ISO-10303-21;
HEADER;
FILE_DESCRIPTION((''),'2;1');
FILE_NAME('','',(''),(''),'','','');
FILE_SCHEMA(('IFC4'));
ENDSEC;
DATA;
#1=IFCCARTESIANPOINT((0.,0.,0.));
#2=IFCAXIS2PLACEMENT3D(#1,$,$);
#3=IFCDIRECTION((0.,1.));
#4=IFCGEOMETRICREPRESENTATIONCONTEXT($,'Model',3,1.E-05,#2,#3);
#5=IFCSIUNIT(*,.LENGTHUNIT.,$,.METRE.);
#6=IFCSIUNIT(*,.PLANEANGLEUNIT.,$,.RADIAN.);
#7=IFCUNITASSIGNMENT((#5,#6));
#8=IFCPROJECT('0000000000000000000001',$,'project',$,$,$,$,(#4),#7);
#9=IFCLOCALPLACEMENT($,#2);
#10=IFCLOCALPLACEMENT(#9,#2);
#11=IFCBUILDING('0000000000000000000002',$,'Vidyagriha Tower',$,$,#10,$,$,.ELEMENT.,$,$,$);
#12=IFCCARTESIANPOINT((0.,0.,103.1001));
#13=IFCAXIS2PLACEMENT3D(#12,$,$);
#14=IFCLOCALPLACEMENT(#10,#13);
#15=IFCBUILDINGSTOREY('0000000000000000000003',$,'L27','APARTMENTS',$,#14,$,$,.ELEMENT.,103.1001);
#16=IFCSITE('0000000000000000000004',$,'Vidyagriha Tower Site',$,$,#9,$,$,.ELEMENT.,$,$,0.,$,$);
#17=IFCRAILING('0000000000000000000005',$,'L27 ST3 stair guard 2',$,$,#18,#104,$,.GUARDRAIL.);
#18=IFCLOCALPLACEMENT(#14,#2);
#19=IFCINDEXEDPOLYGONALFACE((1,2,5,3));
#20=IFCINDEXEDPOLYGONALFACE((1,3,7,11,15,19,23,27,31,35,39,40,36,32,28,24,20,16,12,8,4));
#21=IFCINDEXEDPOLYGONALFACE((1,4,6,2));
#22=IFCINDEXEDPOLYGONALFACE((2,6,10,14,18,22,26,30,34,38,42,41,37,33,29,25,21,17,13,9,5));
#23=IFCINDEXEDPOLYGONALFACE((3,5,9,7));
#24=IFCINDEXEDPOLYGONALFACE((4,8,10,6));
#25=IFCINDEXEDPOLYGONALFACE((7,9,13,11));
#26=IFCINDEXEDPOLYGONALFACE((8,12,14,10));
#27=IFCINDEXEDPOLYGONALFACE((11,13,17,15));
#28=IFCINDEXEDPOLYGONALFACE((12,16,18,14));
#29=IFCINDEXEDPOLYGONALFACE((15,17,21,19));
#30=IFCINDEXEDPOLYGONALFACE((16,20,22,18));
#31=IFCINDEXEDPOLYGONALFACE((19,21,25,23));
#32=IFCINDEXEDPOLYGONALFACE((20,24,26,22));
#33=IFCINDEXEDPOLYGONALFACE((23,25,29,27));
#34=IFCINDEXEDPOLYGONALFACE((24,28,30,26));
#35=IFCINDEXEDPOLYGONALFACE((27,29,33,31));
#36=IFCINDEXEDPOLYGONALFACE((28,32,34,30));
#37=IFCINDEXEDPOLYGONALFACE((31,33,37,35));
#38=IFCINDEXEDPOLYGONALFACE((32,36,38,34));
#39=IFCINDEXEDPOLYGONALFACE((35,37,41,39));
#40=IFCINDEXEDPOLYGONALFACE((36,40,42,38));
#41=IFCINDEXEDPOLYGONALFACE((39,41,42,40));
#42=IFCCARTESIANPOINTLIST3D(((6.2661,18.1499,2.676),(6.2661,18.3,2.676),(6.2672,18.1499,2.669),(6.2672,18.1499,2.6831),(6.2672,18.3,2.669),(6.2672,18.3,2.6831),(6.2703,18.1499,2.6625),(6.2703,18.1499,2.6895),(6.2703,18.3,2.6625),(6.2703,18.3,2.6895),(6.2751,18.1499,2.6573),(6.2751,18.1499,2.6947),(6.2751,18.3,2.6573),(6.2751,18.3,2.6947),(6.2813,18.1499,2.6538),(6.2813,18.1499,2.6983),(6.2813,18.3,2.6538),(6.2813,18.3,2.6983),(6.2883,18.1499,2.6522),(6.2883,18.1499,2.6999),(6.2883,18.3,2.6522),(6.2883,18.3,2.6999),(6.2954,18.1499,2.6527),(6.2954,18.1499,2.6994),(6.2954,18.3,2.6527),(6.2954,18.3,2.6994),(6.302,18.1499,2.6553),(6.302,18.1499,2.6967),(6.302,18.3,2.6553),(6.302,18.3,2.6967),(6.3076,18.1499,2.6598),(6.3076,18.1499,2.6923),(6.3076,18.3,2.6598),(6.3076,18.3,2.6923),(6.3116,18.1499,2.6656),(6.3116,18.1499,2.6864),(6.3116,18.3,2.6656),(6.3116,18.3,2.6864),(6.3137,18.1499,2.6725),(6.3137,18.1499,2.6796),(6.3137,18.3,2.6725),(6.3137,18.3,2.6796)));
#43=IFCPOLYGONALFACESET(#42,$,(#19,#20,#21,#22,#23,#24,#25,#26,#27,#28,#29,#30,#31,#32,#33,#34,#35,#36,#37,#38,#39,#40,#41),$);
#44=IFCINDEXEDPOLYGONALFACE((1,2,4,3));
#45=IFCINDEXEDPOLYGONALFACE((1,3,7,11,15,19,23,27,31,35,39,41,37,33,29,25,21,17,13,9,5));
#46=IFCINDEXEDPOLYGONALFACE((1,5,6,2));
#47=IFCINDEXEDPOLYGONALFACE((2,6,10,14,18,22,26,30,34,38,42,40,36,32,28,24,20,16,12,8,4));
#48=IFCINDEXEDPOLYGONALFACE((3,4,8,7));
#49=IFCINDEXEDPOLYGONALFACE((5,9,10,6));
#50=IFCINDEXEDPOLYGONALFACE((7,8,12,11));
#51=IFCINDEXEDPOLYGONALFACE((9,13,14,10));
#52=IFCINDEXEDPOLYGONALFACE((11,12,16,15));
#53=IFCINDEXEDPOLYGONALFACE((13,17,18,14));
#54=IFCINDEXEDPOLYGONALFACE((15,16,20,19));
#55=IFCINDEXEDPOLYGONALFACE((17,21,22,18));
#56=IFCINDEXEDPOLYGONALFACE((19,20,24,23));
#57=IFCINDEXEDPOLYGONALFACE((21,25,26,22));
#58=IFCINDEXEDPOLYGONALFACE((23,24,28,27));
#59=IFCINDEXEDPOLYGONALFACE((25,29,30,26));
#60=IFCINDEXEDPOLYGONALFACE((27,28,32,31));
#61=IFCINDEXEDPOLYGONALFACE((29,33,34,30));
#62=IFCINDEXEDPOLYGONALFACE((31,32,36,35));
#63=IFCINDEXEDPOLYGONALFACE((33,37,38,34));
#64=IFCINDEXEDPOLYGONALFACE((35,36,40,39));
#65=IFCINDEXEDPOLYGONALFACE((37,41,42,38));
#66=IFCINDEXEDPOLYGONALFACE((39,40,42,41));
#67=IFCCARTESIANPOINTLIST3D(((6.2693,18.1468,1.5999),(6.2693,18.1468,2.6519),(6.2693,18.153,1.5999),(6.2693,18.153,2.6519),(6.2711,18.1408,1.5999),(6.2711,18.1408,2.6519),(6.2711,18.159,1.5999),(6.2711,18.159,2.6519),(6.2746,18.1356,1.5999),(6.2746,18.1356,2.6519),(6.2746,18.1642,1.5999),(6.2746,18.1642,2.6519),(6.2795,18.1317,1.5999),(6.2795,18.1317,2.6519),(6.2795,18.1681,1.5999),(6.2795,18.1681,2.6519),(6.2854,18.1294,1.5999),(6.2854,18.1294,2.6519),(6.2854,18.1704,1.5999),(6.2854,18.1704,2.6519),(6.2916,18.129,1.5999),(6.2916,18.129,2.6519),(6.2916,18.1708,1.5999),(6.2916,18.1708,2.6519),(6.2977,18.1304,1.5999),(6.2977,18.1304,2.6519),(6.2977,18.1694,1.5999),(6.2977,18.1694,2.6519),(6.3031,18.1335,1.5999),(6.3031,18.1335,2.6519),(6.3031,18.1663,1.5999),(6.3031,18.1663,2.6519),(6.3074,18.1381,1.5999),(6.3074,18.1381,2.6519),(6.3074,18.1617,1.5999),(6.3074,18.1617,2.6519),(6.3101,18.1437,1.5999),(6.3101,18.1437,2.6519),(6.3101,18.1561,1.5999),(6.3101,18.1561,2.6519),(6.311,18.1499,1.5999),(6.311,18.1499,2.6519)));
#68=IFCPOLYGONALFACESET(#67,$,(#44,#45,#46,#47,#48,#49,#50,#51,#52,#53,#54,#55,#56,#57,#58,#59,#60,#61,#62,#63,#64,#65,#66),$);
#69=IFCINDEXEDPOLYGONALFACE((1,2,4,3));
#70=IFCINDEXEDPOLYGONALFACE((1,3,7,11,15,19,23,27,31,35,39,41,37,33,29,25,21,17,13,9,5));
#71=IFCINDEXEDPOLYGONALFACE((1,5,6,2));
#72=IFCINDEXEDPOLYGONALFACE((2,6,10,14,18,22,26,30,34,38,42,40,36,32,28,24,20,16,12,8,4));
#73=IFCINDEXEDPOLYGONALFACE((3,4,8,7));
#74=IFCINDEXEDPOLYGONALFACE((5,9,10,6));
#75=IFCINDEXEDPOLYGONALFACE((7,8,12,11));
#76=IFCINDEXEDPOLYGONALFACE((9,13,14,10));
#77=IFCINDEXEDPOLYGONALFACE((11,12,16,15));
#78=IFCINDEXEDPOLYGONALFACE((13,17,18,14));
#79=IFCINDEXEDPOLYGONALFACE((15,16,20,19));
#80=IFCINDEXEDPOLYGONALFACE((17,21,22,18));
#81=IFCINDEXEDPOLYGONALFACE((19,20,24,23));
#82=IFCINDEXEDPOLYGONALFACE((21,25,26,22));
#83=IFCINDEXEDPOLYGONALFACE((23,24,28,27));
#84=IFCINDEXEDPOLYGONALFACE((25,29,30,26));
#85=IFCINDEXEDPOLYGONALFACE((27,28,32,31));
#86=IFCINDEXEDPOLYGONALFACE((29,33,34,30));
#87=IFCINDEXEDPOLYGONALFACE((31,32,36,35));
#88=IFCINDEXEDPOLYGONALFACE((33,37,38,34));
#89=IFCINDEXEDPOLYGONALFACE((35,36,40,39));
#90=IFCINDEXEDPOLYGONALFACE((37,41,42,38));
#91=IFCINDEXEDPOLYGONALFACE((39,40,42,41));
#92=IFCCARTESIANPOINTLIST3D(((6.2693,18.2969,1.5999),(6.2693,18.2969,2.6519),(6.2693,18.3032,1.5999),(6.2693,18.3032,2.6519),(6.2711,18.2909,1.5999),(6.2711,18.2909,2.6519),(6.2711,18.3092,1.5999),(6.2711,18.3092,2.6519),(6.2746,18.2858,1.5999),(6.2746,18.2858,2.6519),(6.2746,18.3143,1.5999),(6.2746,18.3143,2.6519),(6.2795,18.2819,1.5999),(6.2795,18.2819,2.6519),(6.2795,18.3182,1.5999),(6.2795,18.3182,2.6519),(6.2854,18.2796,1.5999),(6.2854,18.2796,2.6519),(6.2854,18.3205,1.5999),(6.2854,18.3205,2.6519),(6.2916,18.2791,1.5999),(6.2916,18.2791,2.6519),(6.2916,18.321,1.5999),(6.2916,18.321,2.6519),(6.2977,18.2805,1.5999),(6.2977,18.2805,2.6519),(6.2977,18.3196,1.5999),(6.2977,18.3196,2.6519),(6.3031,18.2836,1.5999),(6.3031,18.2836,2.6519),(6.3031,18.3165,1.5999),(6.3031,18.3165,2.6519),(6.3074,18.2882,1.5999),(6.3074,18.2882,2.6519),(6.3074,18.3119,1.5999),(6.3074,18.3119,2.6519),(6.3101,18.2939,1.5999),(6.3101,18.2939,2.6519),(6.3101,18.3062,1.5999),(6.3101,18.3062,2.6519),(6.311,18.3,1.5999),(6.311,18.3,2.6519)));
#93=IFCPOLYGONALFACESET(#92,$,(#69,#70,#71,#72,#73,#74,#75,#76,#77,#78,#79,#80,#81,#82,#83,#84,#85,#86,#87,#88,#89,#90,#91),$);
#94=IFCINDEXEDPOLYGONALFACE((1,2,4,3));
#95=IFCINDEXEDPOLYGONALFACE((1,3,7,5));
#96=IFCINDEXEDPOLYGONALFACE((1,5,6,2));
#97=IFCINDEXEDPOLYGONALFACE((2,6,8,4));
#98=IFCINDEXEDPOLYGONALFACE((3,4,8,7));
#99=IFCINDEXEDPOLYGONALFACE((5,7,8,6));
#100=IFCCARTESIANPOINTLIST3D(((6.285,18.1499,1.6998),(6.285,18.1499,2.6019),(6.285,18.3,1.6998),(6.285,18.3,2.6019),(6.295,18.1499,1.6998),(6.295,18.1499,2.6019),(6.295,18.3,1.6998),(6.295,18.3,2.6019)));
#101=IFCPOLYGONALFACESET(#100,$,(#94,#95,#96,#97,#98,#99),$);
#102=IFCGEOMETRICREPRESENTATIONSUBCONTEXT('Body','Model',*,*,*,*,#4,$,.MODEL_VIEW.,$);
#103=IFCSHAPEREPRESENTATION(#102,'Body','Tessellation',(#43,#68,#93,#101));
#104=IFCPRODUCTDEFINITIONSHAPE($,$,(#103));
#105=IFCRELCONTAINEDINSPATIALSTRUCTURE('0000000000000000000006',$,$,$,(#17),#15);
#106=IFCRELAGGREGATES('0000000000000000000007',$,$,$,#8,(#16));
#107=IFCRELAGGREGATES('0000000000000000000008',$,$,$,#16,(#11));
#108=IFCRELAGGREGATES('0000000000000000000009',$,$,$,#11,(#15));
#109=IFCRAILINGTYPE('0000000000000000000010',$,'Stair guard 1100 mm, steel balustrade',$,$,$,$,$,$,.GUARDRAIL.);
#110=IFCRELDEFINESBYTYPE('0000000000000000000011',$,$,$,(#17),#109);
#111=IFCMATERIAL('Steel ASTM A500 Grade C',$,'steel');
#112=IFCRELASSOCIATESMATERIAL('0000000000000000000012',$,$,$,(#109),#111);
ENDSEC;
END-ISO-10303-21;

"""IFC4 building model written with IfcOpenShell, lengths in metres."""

from ifc_helpers import new_model, si_unit, direction, frame, origin, origin_2d, place, context, subcontext, project, spatial, rectangle, circle, extrude, material, type_object, element, save


model = new_model("IFC4")

# Units and contexts
model_context = context("Model", 3, precision=1e-05, world=origin(), true_north=direction((0.0, 1.0)))
body_context = subcontext(model_context, "Body", "Model", "MODEL_VIEW")
ifc_project = project(units=[si_unit("LENGTHUNIT", "METRE"), si_unit("PLANEANGLEUNIT", "RADIAN")], contexts=[model_context])

# Site, building, storey
site_placement = place(None, origin())
site = spatial("IfcSite", under=ifc_project, at=site_placement, Name="Vidyagriha Tower Site", CompositionType="ELEMENT", RefElevation=0.0)
building_placement = place(site_placement, origin())
building = spatial("IfcBuilding", under=site, at=building_placement, Name="Vidyagriha Tower", CompositionType="ELEMENT")
storey_placement = place(building_placement, frame((0.0, 0.0, 103.1001)))
storey = spatial("IfcBuildingStorey", under=building, at=storey_placement, Name="L27", Description="APARTMENTS", CompositionType="ELEMENT", Elevation=103.1001)

# Railing
ifc_material_1 = material(Name="Steel ASTM A500 Grade C", Category="steel")
railing_type_1 = type_object("IfcRailingType", Name="Stair guard 1100 mm, steel balustrade", PredefinedType="GUARDRAIL", material=ifc_material_1)
railing_1_placement = place(storey_placement, frame((6.29, 18.1499, 1.5999)))
element("IfcRailing", 1, at=railing_1_placement, inside=storey, type_object=railing_type_1, Name="L27 ST3 stair guard 2", PredefinedType="GUARDRAIL", context=body_context, shape_type="SweptSolid", body=[
    extrude(circle(Radius=0.0239, at=origin_2d()), frame((0.0, 0.0, 1.0762), z_axis=(0.0, 1.0, 0.0), x_axis=(-1.0, 0.0, 0.0)), (0.0, 0.0, 1.0), 0.1501),
    extrude(circle(Radius=0.021, at=origin_2d()), origin(), (0.0, 0.0, 1.0), 1.052),
    extrude(circle(Radius=0.021, at=origin_2d()), frame((0.0, 0.1501, 0.0)), (0.0, 0.0, 1.0), 1.052),
    extrude(rectangle(XDim=0.01, YDim=0.9021, at=origin_2d()), frame((0.0, 0.0, 0.551), z_axis=(0.0, 1.0, 0.0), x_axis=(-1.0, 0.0, 0.0)), (0.0, 0.0, 1.0), 0.1501),
])

save(model, "model.ifc")
